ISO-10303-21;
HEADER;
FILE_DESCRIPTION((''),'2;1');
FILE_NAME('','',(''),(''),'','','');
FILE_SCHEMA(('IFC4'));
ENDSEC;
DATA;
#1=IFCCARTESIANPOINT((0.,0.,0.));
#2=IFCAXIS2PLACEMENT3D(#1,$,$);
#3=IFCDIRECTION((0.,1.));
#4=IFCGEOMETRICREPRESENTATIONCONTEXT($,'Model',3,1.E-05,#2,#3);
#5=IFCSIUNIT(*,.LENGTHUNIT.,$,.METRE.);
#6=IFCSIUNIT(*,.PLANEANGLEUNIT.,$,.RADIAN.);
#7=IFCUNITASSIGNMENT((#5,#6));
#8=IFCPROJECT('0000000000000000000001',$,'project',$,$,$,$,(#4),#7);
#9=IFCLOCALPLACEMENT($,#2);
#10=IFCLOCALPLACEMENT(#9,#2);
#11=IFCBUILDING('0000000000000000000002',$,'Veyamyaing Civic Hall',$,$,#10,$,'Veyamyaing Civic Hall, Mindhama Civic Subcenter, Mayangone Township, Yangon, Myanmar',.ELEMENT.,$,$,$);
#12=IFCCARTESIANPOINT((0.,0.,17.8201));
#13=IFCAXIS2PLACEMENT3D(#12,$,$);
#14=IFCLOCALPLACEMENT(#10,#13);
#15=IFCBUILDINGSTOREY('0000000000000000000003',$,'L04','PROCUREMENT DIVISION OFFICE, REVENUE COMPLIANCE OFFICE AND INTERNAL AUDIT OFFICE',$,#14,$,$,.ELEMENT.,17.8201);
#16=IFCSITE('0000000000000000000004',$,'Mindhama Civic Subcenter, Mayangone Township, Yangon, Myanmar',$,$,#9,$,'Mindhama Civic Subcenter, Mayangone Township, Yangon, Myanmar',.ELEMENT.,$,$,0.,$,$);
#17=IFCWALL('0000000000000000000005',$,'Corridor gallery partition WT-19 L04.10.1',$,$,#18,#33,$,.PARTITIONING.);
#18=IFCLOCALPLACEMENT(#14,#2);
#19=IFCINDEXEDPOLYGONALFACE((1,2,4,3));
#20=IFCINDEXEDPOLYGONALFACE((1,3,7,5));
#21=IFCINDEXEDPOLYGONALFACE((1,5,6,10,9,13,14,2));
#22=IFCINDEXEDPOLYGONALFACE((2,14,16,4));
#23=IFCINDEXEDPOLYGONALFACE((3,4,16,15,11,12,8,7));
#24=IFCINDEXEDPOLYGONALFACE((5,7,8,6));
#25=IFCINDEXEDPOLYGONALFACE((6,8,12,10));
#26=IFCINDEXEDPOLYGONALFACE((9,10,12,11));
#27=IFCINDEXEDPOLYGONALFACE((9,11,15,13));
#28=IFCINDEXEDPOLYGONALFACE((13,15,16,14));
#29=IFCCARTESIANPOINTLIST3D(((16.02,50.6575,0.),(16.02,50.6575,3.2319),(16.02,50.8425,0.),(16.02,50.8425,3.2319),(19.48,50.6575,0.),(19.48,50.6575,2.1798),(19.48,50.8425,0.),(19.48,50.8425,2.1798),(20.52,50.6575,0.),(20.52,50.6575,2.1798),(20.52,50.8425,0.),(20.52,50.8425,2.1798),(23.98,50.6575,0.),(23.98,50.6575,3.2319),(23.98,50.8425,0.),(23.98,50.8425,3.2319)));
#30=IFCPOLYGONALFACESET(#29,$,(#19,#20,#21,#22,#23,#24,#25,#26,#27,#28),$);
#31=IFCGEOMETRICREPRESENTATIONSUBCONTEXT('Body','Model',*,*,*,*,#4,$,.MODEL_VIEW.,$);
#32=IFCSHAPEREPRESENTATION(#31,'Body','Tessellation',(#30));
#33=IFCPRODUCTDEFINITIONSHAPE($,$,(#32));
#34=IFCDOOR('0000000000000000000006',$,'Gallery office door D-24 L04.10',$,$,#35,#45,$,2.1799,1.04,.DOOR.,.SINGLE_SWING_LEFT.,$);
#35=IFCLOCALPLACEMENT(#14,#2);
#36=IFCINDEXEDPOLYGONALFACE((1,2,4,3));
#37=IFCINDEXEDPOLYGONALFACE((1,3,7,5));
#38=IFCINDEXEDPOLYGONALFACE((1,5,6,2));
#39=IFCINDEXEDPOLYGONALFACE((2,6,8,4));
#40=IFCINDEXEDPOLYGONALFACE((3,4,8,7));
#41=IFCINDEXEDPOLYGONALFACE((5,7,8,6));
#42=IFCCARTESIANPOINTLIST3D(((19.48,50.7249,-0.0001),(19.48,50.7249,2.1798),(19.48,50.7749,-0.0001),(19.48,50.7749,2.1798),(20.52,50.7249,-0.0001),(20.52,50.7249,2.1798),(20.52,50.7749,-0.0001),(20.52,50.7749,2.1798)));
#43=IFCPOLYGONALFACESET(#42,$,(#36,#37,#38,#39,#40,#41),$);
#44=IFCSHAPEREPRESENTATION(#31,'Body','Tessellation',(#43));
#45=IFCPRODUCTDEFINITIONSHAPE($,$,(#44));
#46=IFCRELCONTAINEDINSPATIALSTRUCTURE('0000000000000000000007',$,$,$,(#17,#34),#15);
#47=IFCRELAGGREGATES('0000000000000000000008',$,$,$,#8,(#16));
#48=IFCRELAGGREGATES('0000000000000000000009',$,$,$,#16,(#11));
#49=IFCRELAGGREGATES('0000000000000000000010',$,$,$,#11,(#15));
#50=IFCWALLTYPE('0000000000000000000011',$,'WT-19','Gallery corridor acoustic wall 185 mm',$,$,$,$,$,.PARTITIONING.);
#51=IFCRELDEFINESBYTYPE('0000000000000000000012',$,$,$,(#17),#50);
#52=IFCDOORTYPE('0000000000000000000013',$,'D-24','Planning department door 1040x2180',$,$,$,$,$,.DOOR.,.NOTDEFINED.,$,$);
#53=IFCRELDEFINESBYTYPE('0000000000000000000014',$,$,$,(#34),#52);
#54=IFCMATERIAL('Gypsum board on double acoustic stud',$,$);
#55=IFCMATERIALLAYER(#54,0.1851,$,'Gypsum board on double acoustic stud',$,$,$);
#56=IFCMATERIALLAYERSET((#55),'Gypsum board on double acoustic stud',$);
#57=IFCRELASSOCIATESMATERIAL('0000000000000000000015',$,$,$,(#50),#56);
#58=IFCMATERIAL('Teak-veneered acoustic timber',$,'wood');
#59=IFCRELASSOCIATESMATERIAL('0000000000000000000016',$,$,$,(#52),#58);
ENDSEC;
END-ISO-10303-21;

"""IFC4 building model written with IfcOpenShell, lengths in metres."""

from ifc_helpers import new_model, si_unit, direction, frame, frame_2d, origin, place, context, subcontext, project, spatial, rectangle, extrude, material, layer, layer_set, type_object, element, fill, save


model = new_model("IFC4")

# Units and contexts
model_context = context("Model", 3, precision=1e-05, world=origin(), true_north=direction((0.0, 1.0)))
body_context = subcontext(model_context, "Body", "Model", "MODEL_VIEW")
ifc_project = project(units=[si_unit("LENGTHUNIT", "METRE"), si_unit("PLANEANGLEUNIT", "RADIAN")], contexts=[model_context])

# Site, building, storey
site_placement = place(None, origin())
site = spatial("IfcSite", under=ifc_project, at=site_placement, Name="Mindhama Civic Subcenter, Mayangone Township, Yangon, Myanmar", LongName="Mindhama Civic Subcenter, Mayangone Township, Yangon, Myanmar", CompositionType="ELEMENT", RefElevation=0.0)
building_placement = place(site_placement, origin())
building = spatial("IfcBuilding", under=site, at=building_placement, Name="Veyamyaing Civic Hall", LongName="Veyamyaing Civic Hall, Mindhama Civic Subcenter, Mayangone Township, Yangon, Myanmar", CompositionType="ELEMENT")
storey_placement = place(building_placement, frame((0.0, 0.0, 17.8201)))
storey = spatial("IfcBuildingStorey", under=building, at=storey_placement, Name="L04", Description="PROCUREMENT DIVISION OFFICE, REVENUE COMPLIANCE OFFICE AND INTERNAL AUDIT OFFICE", CompositionType="ELEMENT", Elevation=17.8201)

# Wall, opening, door
ifc_material_1 = material(Name="Gypsum board on double acoustic stud")
ifc_layer_1 = layer(ifc_material_1, 0.1851, Name="Gypsum board on double acoustic stud")
ifc_layer_set_1 = layer_set([ifc_layer_1], Name="Gypsum board on double acoustic stud")
wall_type_1 = type_object("IfcWallType", Name="WT-19", Description="Gallery corridor acoustic wall 185 mm", PredefinedType="PARTITIONING", material=ifc_layer_set_1)
wall_1_placement = place(storey_placement, frame((16.02, 50.75, 0.0), z_axis=(0.0, 0.0, 1.0), x_axis=(1.0, 0.0, 0.0)))
wall_1 = element("IfcWall", 1, at=wall_1_placement, inside=storey, type_object=wall_type_1, Name="Corridor gallery partition WT-19 L04.10.1", PredefinedType="PARTITIONING", context=body_context, shape_type="SweptSolid", body=[
    extrude(rectangle(XDim=7.96, YDim=0.1851, at=frame_2d((3.98, 0.0))), origin(), (0.0, 0.0, 1.0), 3.2319),
])
opening_placement = place(wall_1_placement, frame((3.46, 0.0, 0.0)))
opening = element("IfcOpeningElement", 2, at=opening_placement, cuts=wall_1, PredefinedType="OPENING", context=body_context, shape_type="SweptSolid", body=[
    extrude(rectangle(XDim=1.04, YDim=2.1799, at=frame_2d((0.52, 1.0898))), frame((0.0, 0.1025, 0.0), z_axis=(0.0, -1.0, 0.0), x_axis=(1.0, 0.0, 0.0)), (0.0, 0.0, 1.0), 0.2051),
])
ifc_material_2 = material(Name="Teak-veneered acoustic timber", Category="wood")
door_type = type_object("IfcDoorType", Name="D-24", Description="Planning department door 1040x2180", OperationType="NOTDEFINED", PredefinedType="DOOR", material=ifc_material_2)
door_placement = place(opening_placement, origin())
door = element("IfcDoor", 3, at=door_placement, inside=storey, type_object=door_type, Name="Gallery office door D-24 L04.10", OperationType="SINGLE_SWING_LEFT", OverallHeight=2.1799, OverallWidth=1.04, PredefinedType="DOOR", context=body_context, shape_type="SweptSolid", body=[
    extrude(rectangle(XDim=1.04, YDim=2.1799, at=frame_2d((0.52, 1.0898))), frame((0.0, 0.0249, 0.0), z_axis=(0.0, -1.0, 0.0), x_axis=(1.0, 0.0, 0.0)), (0.0, 0.0, 1.0), 0.05),
])
fill(opening, door)

save(model, "model.ifc")
